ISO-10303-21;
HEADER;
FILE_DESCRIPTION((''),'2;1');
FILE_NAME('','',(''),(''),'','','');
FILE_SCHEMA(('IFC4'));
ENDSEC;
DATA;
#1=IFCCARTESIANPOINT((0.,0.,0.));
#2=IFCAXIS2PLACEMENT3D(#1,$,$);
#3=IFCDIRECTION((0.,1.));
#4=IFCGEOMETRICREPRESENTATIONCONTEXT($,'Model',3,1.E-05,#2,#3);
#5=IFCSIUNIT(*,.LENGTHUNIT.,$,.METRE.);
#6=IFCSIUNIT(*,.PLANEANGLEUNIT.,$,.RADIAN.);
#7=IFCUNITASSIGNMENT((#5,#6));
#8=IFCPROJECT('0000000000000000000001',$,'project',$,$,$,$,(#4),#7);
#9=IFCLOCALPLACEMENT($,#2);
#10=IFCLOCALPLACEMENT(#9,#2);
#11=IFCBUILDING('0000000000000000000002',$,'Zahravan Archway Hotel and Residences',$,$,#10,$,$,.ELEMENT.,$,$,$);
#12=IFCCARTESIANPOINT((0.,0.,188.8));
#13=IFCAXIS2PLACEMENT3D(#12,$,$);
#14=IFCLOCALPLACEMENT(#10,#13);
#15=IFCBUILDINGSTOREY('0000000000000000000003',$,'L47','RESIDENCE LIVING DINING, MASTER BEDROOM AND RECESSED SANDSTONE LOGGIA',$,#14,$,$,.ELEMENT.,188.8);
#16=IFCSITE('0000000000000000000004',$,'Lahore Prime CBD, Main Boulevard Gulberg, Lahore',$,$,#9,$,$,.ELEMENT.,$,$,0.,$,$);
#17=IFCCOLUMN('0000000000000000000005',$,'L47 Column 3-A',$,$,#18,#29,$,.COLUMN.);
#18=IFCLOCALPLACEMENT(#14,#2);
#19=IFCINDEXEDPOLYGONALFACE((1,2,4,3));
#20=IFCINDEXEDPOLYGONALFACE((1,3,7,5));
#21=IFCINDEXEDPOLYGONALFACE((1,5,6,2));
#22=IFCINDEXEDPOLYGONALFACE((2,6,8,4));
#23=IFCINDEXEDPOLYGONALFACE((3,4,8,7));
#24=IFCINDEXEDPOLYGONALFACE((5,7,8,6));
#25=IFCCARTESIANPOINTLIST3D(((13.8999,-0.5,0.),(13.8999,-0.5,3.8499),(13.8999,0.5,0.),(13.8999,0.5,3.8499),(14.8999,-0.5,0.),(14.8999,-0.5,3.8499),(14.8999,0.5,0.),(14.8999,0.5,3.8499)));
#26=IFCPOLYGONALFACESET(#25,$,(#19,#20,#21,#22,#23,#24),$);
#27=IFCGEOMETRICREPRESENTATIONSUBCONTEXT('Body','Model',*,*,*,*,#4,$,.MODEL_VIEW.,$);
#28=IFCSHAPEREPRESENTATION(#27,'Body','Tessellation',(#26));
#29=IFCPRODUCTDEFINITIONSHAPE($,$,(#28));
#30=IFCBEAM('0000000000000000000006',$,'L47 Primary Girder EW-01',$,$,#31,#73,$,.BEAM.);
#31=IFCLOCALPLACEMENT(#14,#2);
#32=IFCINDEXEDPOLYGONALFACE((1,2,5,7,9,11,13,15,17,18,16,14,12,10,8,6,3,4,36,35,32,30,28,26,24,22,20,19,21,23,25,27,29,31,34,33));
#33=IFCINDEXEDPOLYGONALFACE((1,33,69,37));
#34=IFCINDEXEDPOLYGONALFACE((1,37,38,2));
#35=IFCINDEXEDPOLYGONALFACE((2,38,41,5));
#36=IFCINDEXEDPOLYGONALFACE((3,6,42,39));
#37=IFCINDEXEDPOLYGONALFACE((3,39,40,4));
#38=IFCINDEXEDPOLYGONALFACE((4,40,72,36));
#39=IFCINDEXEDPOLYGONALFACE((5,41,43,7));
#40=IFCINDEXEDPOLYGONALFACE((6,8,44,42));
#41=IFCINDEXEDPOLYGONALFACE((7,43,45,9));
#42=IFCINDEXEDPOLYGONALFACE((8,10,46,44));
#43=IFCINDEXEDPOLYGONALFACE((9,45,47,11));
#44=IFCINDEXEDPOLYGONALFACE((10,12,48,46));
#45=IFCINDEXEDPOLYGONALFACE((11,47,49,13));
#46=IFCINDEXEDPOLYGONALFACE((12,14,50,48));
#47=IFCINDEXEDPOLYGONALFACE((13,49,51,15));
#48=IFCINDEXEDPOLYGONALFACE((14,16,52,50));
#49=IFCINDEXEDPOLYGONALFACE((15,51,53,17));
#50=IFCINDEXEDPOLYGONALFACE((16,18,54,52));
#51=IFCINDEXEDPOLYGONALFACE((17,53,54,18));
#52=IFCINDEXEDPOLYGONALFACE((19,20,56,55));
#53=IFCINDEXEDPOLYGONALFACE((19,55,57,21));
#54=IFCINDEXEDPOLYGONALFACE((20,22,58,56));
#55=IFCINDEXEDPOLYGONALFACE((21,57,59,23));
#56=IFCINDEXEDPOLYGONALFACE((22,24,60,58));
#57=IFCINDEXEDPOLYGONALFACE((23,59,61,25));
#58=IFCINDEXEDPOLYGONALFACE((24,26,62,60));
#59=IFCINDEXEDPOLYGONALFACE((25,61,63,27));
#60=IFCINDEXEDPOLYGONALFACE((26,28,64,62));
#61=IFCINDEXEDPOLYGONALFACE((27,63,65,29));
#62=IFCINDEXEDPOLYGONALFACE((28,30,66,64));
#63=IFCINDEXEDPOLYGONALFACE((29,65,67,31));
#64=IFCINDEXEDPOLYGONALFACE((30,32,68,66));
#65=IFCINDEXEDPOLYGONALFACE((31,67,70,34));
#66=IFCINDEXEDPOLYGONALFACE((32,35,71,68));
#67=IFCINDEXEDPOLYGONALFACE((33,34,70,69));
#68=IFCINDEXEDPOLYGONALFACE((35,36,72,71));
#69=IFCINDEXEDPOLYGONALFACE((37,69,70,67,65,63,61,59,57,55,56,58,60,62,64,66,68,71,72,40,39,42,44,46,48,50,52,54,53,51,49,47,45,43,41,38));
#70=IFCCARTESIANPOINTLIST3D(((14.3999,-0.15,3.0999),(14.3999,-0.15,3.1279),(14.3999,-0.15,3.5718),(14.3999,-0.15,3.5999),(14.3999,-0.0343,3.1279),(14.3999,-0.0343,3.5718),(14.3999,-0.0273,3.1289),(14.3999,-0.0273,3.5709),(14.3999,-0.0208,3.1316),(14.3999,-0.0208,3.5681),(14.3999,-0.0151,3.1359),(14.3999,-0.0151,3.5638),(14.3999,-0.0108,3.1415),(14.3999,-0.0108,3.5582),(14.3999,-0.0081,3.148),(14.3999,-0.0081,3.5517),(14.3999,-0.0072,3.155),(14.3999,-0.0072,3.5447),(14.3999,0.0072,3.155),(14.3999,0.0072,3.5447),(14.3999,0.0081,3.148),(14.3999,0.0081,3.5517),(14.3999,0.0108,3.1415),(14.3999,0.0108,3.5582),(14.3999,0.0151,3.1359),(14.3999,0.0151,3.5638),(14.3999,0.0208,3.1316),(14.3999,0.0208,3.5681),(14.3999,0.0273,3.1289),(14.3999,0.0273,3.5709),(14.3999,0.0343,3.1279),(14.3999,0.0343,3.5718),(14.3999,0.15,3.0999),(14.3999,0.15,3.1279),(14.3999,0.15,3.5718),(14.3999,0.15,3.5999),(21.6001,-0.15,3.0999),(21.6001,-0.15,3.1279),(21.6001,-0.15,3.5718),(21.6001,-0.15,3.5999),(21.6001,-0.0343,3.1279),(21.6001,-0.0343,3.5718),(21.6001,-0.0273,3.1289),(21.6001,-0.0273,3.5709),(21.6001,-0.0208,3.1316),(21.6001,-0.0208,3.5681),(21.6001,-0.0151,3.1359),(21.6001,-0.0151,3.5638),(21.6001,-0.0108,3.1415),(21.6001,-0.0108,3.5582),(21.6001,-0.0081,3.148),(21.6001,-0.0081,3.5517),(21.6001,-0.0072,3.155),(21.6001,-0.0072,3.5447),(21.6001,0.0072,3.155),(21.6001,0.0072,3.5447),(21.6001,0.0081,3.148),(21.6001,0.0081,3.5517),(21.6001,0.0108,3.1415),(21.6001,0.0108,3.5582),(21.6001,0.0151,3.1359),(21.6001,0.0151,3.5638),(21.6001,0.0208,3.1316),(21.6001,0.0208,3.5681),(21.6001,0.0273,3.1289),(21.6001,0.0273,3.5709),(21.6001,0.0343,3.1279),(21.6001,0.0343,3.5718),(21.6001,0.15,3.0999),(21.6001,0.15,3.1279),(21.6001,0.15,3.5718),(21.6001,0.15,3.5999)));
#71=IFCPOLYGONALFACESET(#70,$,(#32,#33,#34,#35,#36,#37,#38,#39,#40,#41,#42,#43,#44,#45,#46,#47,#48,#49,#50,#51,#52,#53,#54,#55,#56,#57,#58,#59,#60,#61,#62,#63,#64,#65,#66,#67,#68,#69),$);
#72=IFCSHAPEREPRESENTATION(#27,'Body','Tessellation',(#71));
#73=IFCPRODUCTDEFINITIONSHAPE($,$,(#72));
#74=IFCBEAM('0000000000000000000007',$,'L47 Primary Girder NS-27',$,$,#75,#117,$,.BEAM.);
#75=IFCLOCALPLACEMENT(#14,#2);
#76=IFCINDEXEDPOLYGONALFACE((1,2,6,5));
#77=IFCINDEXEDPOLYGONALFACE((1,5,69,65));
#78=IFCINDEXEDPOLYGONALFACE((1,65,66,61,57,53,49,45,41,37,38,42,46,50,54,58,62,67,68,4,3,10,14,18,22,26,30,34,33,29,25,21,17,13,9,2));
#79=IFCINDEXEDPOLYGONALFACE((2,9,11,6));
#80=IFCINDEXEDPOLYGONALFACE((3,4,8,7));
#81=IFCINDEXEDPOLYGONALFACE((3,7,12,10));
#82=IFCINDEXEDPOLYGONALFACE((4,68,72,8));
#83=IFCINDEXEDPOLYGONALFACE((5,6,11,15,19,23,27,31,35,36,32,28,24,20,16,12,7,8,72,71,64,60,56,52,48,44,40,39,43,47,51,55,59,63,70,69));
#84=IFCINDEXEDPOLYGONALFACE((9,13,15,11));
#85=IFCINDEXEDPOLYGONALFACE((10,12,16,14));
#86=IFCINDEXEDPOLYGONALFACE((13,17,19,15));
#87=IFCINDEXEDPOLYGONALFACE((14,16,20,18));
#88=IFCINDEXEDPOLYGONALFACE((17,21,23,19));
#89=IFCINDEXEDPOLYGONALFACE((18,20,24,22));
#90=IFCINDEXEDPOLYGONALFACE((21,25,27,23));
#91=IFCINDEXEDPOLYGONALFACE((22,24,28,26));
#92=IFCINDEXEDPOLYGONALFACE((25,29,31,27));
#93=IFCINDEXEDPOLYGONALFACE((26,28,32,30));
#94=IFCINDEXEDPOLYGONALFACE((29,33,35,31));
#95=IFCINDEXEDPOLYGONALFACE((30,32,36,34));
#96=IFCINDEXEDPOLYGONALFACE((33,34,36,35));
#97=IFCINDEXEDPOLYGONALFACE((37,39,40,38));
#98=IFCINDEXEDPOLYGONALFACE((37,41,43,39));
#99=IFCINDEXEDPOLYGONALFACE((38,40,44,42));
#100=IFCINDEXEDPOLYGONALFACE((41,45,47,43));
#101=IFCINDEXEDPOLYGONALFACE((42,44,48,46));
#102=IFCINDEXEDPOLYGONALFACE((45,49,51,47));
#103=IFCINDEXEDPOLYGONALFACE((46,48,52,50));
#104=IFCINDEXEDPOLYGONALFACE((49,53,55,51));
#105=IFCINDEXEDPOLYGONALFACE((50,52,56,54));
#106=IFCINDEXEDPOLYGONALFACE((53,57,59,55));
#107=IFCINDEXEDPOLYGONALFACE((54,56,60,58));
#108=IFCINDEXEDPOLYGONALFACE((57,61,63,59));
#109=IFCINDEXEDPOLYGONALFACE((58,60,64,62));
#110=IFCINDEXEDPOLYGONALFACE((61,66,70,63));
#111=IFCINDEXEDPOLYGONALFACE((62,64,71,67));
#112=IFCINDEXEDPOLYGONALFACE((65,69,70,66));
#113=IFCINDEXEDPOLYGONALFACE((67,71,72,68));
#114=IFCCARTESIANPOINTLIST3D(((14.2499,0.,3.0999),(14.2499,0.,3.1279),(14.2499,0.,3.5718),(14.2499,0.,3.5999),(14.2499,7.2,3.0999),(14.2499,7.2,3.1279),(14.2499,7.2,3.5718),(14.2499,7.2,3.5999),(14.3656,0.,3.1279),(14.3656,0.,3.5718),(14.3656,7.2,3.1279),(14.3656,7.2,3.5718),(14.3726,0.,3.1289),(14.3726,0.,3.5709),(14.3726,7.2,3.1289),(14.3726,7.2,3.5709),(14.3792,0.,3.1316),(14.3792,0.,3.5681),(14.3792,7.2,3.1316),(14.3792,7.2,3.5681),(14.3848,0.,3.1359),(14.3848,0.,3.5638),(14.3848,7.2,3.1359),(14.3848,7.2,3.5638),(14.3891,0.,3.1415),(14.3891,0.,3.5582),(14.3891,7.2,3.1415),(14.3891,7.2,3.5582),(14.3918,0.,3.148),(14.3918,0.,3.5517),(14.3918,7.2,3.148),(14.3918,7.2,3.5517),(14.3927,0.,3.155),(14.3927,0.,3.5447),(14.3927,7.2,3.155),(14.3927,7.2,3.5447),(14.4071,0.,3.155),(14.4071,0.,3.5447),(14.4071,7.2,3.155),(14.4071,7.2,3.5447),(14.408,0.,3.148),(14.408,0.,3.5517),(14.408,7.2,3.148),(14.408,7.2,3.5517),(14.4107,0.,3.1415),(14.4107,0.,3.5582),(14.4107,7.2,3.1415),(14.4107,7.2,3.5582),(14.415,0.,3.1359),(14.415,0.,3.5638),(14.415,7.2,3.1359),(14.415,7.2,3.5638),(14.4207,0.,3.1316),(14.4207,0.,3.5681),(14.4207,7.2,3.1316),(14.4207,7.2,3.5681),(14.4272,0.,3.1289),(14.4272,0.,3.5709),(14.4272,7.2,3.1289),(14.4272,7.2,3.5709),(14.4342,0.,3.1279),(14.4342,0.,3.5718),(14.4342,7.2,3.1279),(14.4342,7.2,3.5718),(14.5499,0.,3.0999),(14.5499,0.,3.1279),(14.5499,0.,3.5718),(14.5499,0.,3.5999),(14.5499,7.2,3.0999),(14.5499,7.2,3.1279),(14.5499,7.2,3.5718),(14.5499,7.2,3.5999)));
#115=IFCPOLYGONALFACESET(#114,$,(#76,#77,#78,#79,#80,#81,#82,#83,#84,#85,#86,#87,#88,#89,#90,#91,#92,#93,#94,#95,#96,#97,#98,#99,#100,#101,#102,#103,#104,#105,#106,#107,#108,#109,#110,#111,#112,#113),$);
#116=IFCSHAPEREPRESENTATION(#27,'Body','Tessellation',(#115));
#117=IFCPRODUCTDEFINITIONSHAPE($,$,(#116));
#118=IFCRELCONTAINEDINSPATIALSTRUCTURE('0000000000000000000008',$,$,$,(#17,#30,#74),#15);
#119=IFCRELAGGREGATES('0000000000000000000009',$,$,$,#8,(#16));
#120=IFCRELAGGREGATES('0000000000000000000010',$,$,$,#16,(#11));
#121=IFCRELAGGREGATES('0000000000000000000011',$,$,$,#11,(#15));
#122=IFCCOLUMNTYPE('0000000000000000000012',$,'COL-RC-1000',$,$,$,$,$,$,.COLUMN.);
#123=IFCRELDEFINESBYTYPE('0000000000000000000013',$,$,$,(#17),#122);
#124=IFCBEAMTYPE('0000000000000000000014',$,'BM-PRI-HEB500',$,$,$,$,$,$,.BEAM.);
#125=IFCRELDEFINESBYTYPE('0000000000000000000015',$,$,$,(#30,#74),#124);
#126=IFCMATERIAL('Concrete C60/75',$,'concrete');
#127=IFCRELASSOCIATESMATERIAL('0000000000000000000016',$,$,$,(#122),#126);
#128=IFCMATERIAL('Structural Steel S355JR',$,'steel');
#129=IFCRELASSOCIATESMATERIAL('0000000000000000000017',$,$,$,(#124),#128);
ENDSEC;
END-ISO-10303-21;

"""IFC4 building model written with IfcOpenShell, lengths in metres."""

from ifc_helpers import new_model, si_unit, direction, frame, origin, origin_2d, place, context, subcontext, project, spatial, rectangle, i_section, extrude, source, transform, mapped, material, material_profile, profile_set, type_object, type_shapes, element, save


model = new_model("IFC4")

# Units and contexts
model_context = context("Model", 3, precision=1e-05, world=origin(), true_north=direction((0.0, 1.0)))
body_context = subcontext(model_context, "Body", "Model", "MODEL_VIEW")
ifc_project = project(units=[si_unit("LENGTHUNIT", "METRE"), si_unit("PLANEANGLEUNIT", "RADIAN")], contexts=[model_context])

# Site, building, storey
site_placement = place(None, origin())
site = spatial("IfcSite", under=ifc_project, at=site_placement, Name="Lahore Prime CBD, Main Boulevard Gulberg, Lahore", CompositionType="ELEMENT", RefElevation=0.0)
building_placement = place(site_placement, origin())
building = spatial("IfcBuilding", under=site, at=building_placement, Name="Zahravan Archway Hotel and Residences", CompositionType="ELEMENT")
storey_placement = place(building_placement, frame((0.0, 0.0, 188.8)))
storey = spatial("IfcBuildingStorey", under=building, at=storey_placement, Name="L47", Description="RESIDENCE LIVING DINING, MASTER BEDROOM AND RECESSED SANDSTONE LOGGIA", CompositionType="ELEMENT", Elevation=188.8)

# Column
ifc_material_1 = material(Name="Concrete C60/75", Category="concrete")
ifc_material_profile_1 = material_profile(ifc_material_1, rectangle(XDim=1.0, YDim=1.0, at=origin_2d()), Name="RC-COL-1000x1000", Category="concrete")
ifc_profile_set_1 = profile_set([ifc_material_profile_1], Name="Concrete C60/75")
column_type = type_object("IfcColumnType", Name="COL-RC-1000", PredefinedType="COLUMN", material=ifc_profile_set_1)
shared_shape_1 = source(origin(), body_context, "Body", "SweptSolid", [
    extrude(rectangle(XDim=1.0, YDim=1.0, at=origin_2d()), origin(), (0.0, 0.0, 1.0), 3.8499),
])
column_placement = place(storey_placement, frame((14.3999, 0.0, 0.0), z_axis=(0.0, 0.0, 1.0), x_axis=(1.0, 0.0, 0.0)))
element("IfcColumn", 1, at=column_placement, inside=storey, type_object=column_type, Name="L47 Column 3-A", PredefinedType="COLUMN", context=body_context, shape_type="MappedRepresentation", body=[
    mapped(shared_shape_1, transform((0.0, 0.0, 0.0), scale=1.0)),
])

# Beams
ifc_material_2 = material(Name="Structural Steel S355JR", Category="steel")
ifc_material_profile_2 = material_profile(ifc_material_2, i_section(OverallWidth=0.3, OverallDepth=0.5, WebThickness=0.0144, FlangeThickness=0.0281, FilletRadius=0.0271, at=origin_2d()), Name="HEB 500", Category="steel")
ifc_profile_set_2 = profile_set([ifc_material_profile_2], Name="Structural Steel S355JR")
beam_type = type_object("IfcBeamType", Name="BM-PRI-HEB500", PredefinedType="BEAM", material=ifc_profile_set_2)
shared_shape_2 = source(origin(), body_context, "Body", "SweptSolid", [
    extrude(i_section(OverallWidth=0.3, OverallDepth=0.5, WebThickness=0.0144, FlangeThickness=0.0281, FilletRadius=0.0271, at=origin_2d()), origin(), (0.0, 0.0, 1.0), 7.2002),
])
type_shapes(beam_type, [shared_shape_2])
beam_1_placement = place(storey_placement, frame((14.3999, 0.0, 3.3499), z_axis=(1.0, 0.0, 0.0), x_axis=(0.0, 1.0, 0.0)))
element("IfcBeam", 2, at=beam_1_placement, inside=storey, type_object=beam_type, Name="L47 Primary Girder EW-01", PredefinedType="BEAM", context=body_context, shape_type="MappedRepresentation", body=[
    mapped(shared_shape_2, transform((0.0, 0.0, 0.0), scale=1.0)),
])
shared_shape_3 = source(origin(), body_context, "Body", "SweptSolid", [
    extrude(i_section(OverallWidth=0.3, OverallDepth=0.5, WebThickness=0.0144, FlangeThickness=0.0281, FilletRadius=0.0271, at=origin_2d()), origin(), (0.0, 0.0, 1.0), 7.2),
])
beam_2_placement = place(storey_placement, frame((14.3999, 0.0, 3.3499), z_axis=(0.0, 1.0, 0.0), x_axis=(-1.0, 0.0, 0.0)))
element("IfcBeam", 3, at=beam_2_placement, inside=storey, type_object=beam_type, Name="L47 Primary Girder NS-27", PredefinedType="BEAM", context=body_context, shape_type="MappedRepresentation", body=[
    mapped(shared_shape_3, transform((0.0, 0.0, 0.0), scale=1.0)),
])

save(model, "model.ifc")
